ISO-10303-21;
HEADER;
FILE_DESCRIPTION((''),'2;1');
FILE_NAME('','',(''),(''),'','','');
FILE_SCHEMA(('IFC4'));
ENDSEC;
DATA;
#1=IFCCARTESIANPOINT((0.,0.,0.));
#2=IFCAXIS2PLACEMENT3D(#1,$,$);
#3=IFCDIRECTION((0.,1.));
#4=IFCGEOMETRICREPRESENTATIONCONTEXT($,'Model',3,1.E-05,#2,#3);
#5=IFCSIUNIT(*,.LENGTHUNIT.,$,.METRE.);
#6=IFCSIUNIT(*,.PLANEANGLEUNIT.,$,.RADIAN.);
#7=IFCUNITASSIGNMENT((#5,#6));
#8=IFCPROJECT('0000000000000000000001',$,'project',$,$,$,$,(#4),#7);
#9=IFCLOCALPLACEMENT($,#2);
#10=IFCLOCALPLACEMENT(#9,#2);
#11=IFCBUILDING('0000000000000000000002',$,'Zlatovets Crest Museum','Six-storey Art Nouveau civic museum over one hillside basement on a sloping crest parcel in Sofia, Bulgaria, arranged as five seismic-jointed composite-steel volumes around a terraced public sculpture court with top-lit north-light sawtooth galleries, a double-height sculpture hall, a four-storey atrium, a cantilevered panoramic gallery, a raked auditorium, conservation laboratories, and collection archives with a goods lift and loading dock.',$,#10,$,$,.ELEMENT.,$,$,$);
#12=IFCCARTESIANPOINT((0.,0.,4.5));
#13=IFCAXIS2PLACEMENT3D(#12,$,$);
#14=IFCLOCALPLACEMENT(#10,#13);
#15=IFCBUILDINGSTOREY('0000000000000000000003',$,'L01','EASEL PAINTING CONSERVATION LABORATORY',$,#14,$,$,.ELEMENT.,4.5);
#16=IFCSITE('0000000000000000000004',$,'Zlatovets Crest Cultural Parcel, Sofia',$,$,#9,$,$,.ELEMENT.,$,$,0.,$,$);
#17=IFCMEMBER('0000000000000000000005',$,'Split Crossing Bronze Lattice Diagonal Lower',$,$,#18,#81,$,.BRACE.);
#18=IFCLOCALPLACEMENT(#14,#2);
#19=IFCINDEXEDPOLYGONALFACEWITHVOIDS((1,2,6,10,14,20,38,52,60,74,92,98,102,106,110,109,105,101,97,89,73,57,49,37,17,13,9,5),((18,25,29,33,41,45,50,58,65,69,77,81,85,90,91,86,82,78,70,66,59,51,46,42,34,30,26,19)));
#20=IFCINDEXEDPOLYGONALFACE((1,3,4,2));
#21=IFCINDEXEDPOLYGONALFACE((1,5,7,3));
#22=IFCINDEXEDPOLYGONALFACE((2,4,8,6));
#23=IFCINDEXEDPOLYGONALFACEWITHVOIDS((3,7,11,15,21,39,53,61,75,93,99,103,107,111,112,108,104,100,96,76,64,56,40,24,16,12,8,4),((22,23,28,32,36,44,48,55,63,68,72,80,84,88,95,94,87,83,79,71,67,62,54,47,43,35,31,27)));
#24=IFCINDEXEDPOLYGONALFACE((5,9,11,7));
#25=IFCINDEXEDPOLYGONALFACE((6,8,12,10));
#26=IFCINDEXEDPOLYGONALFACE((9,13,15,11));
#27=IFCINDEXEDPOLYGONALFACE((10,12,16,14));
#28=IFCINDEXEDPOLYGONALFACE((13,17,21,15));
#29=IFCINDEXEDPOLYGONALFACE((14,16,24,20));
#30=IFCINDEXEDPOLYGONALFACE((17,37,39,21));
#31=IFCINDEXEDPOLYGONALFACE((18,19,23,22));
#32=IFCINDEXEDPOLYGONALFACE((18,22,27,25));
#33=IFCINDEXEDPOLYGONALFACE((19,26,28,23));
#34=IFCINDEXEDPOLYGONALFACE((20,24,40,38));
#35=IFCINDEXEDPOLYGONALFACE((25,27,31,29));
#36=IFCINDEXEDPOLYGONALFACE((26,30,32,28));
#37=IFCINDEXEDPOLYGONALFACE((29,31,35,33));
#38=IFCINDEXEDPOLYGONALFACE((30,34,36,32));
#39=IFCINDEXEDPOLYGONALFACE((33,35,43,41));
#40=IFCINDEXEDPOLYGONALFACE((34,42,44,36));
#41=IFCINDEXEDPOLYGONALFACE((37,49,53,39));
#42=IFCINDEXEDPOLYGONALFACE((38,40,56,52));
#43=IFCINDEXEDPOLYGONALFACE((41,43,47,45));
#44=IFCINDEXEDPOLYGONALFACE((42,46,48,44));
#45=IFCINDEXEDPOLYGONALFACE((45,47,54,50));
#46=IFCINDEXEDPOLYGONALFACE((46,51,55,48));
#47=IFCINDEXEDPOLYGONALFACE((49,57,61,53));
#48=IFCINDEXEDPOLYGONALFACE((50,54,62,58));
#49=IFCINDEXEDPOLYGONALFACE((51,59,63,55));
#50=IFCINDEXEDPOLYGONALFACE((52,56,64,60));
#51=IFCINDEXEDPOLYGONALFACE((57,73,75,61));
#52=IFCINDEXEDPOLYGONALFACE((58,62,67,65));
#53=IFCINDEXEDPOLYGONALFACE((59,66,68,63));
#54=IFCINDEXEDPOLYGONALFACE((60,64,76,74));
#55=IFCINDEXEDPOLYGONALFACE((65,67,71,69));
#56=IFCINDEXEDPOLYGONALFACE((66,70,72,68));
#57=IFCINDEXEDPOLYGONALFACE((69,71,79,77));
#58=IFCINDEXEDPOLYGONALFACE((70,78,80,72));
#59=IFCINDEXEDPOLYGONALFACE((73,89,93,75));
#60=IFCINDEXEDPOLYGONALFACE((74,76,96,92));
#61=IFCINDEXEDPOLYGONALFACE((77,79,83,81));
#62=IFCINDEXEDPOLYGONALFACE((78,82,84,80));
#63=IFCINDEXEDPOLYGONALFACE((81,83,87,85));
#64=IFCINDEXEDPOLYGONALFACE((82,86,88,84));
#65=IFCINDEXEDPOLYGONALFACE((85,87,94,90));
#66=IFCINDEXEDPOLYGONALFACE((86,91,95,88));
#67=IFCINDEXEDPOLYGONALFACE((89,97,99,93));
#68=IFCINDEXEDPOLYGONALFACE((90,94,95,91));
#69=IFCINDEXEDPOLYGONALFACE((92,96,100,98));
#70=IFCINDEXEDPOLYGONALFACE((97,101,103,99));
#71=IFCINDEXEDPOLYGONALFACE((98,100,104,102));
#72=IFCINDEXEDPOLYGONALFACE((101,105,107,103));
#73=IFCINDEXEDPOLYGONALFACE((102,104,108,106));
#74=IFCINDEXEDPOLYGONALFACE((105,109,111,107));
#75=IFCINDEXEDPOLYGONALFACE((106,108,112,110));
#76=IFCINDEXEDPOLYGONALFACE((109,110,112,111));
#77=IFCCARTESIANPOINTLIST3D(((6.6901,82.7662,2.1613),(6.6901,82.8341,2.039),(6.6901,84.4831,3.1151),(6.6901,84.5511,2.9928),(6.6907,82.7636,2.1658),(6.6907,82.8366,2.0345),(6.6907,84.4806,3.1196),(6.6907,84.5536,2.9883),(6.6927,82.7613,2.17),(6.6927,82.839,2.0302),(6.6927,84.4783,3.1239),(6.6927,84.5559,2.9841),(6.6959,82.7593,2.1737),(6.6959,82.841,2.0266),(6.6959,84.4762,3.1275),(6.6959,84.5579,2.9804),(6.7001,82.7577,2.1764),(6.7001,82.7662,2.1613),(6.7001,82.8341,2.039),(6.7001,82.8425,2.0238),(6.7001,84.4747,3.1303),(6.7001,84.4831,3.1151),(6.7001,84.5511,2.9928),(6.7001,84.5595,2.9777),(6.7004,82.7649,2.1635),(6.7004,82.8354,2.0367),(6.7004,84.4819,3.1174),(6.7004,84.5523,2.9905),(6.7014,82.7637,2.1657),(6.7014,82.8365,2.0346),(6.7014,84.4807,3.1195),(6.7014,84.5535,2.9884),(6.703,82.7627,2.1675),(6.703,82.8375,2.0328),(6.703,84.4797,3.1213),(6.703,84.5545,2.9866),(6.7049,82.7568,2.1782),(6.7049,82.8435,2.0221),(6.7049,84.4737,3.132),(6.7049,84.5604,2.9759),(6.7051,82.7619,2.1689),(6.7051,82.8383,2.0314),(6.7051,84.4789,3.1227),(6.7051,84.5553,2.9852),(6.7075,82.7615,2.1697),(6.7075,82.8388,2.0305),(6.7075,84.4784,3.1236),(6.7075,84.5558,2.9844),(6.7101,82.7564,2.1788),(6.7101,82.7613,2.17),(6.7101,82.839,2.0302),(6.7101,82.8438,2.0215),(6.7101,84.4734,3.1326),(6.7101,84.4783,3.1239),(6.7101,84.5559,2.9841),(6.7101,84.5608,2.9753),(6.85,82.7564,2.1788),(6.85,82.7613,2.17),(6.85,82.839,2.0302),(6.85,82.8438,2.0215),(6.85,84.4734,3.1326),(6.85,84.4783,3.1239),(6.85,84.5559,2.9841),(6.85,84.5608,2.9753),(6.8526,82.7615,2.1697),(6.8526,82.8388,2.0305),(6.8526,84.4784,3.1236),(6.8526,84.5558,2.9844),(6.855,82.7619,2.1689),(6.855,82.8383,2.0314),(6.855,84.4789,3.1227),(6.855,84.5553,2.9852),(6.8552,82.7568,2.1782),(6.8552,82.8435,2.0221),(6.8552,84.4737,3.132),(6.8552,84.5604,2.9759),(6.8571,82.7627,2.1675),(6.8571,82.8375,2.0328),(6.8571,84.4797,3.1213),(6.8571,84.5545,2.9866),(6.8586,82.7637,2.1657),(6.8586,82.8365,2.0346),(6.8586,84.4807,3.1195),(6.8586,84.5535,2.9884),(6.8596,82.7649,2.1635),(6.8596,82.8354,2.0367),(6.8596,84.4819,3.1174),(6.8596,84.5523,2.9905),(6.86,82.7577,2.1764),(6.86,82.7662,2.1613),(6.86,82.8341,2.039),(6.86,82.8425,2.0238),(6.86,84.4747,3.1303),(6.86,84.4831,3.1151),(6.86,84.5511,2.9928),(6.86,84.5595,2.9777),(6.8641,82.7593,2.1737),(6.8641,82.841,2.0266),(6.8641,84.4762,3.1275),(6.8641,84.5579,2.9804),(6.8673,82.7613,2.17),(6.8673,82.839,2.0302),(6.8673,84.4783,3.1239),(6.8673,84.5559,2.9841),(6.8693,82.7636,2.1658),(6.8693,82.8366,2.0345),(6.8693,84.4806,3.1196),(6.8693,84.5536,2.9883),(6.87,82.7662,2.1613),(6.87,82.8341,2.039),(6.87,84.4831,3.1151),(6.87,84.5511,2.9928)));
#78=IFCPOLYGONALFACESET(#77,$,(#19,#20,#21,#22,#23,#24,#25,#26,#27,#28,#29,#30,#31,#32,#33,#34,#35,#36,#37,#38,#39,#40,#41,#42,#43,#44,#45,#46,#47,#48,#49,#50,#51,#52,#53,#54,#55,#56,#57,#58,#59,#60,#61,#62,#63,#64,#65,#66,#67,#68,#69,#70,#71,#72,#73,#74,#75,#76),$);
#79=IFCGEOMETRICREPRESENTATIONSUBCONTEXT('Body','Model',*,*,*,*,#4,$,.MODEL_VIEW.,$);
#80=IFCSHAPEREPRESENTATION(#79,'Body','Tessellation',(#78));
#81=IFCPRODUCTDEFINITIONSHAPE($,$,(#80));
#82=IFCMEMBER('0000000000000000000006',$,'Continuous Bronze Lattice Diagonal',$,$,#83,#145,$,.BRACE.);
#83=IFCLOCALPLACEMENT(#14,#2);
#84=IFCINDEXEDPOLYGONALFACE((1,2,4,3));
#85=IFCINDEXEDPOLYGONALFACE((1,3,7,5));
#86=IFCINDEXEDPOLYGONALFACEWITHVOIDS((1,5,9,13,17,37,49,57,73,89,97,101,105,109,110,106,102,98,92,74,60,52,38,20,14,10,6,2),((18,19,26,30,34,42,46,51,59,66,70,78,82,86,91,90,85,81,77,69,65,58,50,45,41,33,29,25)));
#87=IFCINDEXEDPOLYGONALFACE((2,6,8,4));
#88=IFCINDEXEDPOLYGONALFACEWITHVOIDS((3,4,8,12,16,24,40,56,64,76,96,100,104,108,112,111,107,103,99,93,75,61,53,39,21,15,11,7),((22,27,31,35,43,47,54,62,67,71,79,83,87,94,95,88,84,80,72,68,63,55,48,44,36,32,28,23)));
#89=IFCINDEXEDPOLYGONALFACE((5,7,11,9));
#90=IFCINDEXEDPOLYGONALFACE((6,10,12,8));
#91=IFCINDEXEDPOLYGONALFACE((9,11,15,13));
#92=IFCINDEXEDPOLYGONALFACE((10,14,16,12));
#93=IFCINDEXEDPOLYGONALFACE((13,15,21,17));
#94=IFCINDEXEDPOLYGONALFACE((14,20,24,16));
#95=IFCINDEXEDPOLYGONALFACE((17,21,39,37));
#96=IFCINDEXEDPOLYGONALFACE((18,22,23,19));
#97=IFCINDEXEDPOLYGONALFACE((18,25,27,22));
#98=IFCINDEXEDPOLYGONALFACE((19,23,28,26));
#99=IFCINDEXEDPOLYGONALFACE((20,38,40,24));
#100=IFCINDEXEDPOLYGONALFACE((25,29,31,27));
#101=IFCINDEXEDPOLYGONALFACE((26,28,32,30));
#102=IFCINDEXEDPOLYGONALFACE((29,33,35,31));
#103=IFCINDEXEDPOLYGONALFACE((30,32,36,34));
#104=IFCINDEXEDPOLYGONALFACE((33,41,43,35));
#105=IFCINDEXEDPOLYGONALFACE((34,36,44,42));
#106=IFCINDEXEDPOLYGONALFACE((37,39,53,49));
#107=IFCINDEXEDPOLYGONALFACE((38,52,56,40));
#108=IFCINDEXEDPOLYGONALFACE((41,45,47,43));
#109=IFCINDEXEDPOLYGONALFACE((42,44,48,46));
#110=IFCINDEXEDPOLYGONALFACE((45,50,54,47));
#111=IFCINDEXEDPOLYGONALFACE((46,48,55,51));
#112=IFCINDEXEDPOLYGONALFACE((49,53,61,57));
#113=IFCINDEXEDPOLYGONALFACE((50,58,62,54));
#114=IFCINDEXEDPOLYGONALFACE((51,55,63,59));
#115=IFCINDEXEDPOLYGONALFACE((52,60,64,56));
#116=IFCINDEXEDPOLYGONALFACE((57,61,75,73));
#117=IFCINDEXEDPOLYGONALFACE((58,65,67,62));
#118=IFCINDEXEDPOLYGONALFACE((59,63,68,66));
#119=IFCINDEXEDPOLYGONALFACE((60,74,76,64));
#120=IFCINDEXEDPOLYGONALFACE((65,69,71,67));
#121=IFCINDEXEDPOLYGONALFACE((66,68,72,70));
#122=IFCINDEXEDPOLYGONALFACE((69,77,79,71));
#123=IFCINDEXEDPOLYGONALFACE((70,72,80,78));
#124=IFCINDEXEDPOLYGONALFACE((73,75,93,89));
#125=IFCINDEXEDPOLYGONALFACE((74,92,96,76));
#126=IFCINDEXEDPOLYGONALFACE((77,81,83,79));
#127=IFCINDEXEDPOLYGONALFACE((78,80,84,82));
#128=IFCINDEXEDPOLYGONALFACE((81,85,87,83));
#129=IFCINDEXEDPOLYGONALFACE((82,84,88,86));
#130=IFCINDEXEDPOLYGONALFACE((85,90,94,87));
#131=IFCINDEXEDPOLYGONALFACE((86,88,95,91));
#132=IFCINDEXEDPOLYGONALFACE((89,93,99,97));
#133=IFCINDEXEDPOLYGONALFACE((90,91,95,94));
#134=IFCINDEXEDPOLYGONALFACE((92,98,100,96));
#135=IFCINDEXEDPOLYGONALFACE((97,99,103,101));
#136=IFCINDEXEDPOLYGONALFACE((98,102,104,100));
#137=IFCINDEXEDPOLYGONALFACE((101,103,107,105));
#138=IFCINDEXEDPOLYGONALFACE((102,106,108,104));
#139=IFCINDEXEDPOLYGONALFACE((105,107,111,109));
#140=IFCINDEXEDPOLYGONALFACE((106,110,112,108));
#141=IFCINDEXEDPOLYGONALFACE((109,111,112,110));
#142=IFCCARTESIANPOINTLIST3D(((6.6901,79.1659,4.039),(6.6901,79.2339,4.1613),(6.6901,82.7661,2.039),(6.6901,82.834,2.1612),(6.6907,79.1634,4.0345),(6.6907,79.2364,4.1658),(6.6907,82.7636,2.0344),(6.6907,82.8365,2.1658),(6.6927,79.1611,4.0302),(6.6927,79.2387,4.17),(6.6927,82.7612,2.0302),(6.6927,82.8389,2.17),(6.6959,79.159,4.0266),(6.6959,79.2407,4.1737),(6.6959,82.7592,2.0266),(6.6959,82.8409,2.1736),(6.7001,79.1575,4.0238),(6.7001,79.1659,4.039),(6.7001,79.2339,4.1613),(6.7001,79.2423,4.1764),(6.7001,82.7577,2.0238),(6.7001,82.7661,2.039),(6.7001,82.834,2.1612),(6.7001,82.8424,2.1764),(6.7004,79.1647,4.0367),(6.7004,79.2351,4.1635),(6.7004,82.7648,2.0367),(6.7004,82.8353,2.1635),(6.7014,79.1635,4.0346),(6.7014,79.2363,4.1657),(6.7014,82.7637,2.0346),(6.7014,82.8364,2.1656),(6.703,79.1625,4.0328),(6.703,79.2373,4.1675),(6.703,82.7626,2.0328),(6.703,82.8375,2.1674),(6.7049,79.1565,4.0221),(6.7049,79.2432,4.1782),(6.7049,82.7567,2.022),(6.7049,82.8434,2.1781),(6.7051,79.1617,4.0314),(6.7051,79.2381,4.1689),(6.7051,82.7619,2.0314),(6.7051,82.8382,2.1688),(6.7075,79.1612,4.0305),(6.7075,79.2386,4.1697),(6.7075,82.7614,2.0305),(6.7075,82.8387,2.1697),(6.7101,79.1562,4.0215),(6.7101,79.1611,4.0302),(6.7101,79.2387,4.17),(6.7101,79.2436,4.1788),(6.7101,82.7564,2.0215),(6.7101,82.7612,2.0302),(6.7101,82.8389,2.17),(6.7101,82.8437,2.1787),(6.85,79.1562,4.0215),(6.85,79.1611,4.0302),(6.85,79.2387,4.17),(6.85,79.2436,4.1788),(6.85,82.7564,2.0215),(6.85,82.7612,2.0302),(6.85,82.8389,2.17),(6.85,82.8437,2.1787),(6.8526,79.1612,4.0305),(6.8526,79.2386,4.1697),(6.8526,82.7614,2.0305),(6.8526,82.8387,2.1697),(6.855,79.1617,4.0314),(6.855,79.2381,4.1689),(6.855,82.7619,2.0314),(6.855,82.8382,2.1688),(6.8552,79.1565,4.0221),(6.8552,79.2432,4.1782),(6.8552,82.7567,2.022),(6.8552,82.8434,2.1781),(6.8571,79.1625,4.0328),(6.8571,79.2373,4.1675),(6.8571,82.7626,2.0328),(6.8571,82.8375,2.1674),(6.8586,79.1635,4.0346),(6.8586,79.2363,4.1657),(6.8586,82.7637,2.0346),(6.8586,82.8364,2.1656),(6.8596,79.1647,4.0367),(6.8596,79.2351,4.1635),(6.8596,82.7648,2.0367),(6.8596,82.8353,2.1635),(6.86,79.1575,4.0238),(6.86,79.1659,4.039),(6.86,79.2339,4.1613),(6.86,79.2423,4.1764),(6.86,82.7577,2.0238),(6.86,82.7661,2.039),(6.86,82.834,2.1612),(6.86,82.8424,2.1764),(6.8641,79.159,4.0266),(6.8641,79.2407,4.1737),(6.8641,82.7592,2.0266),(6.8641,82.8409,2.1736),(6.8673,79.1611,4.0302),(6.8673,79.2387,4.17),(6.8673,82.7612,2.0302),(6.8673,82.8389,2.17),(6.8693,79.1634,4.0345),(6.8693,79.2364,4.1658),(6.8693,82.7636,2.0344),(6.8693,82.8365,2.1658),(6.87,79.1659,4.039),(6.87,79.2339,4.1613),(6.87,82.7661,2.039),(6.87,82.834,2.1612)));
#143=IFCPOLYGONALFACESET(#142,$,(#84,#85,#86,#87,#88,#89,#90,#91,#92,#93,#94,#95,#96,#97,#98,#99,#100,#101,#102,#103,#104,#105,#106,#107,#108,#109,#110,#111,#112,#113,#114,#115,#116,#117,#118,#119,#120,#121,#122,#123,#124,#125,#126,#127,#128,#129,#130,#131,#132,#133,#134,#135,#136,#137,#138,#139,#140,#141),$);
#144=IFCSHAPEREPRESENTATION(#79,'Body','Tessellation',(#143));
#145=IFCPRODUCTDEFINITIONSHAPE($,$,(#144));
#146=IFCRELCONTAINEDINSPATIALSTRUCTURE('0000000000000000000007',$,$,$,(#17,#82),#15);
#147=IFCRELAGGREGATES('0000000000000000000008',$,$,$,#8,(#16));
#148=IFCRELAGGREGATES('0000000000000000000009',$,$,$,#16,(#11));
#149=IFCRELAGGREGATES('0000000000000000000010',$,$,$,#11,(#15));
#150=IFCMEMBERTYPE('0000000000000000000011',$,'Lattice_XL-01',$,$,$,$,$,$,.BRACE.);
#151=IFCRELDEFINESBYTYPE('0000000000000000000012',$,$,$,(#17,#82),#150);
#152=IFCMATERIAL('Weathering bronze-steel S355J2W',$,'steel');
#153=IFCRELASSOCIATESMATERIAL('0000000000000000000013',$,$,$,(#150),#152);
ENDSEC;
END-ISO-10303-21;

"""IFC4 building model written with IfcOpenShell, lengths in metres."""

from ifc_helpers import new_model, si_unit, direction, frame, origin, origin_2d, place, context, subcontext, project, spatial, hollow_rectangle, extrude, material, material_profile, profile_set, type_object, element, save


model = new_model("IFC4")

# Units and contexts
model_context = context("Model", 3, precision=1e-05, world=origin(), true_north=direction((0.0, 1.0)))
body_context = subcontext(model_context, "Body", "Model", "MODEL_VIEW")
ifc_project = project(units=[si_unit("LENGTHUNIT", "METRE"), si_unit("PLANEANGLEUNIT", "RADIAN")], contexts=[model_context])

# Site, building, storey
site_placement = place(None, origin())
site = spatial("IfcSite", under=ifc_project, at=site_placement, Name="Zlatovets Crest Cultural Parcel, Sofia", CompositionType="ELEMENT", RefElevation=0.0)
building_placement = place(site_placement, origin())
building = spatial("IfcBuilding", under=site, at=building_placement, Name="Zlatovets Crest Museum", Description="Six-storey Art Nouveau civic museum over one hillside basement on a sloping crest parcel in Sofia, Bulgaria, arranged as five seismic-jointed composite-steel volumes around a terraced public sculpture court with top-lit north-light sawtooth galleries, a double-height sculpture hall, a four-storey atrium, a cantilevered panoramic gallery, a raked auditorium, conservation laboratories, and collection archives with a goods lift and loading dock.", CompositionType="ELEMENT")
storey_placement = place(building_placement, frame((0.0, 0.0, 4.5)))
storey = spatial("IfcBuildingStorey", under=building, at=storey_placement, Name="L01", Description="EASEL PAINTING CONSERVATION LABORATORY", CompositionType="ELEMENT", Elevation=4.5)

# Members
ifc_material_1 = material(Name="Weathering bronze-steel S355J2W", Category="steel")
ifc_material_profile_1 = material_profile(ifc_material_1, hollow_rectangle(XDim=0.1799, YDim=0.1799, WallThickness=0.01, InnerFilletRadius=0.01, OuterFilletRadius=0.02, at=origin_2d()), Name="SHS 180x180x10.0")
ifc_profile_set_1 = profile_set([ifc_material_profile_1], Name="Weathering bronze-steel S355J2W")
member_type_1 = type_object("IfcMemberType", Name="Lattice_XL-01", PredefinedType="BRACE", material=ifc_profile_set_1)
for number, where, z_axis, x_axis, name in (
    (1, (6.78, 84.5171, 3.054), (0.0, -0.874169, -0.485622), (1.0, 0.0, 0.0), "Split Crossing Bronze Lattice Diagonal Lower"),
):
    element("IfcMember", number, at=place(storey_placement, frame(where, z_axis=z_axis, x_axis=x_axis)), inside=storey, type_object=member_type_1, Name=name, PredefinedType="BRACE", context=body_context, shape_type="SweptSolid", body=[
        extrude(hollow_rectangle(XDim=0.1799, YDim=0.1799, WallThickness=0.01, InnerFilletRadius=0.01, OuterFilletRadius=0.02, at=origin_2d()), origin(), (0.0, 0.0, 1.0), 1.9641),
    ])
member_1_placement = place(storey_placement, frame((6.78, 82.8, 2.1001), z_axis=(0.0, -0.874163, 0.485633), x_axis=(1.0, 0.0, 0.0)))
element("IfcMember", 2, at=member_1_placement, inside=storey, type_object=member_type_1, Name="Continuous Bronze Lattice Diagonal", PredefinedType="BRACE", context=body_context, shape_type="SweptSolid", body=[
    extrude(hollow_rectangle(XDim=0.1799, YDim=0.1799, WallThickness=0.01, InnerFilletRadius=0.01, OuterFilletRadius=0.02, at=origin_2d()), origin(), (0.0, 0.0, 1.0), 4.1184),
])

save(model, "model.ifc")
